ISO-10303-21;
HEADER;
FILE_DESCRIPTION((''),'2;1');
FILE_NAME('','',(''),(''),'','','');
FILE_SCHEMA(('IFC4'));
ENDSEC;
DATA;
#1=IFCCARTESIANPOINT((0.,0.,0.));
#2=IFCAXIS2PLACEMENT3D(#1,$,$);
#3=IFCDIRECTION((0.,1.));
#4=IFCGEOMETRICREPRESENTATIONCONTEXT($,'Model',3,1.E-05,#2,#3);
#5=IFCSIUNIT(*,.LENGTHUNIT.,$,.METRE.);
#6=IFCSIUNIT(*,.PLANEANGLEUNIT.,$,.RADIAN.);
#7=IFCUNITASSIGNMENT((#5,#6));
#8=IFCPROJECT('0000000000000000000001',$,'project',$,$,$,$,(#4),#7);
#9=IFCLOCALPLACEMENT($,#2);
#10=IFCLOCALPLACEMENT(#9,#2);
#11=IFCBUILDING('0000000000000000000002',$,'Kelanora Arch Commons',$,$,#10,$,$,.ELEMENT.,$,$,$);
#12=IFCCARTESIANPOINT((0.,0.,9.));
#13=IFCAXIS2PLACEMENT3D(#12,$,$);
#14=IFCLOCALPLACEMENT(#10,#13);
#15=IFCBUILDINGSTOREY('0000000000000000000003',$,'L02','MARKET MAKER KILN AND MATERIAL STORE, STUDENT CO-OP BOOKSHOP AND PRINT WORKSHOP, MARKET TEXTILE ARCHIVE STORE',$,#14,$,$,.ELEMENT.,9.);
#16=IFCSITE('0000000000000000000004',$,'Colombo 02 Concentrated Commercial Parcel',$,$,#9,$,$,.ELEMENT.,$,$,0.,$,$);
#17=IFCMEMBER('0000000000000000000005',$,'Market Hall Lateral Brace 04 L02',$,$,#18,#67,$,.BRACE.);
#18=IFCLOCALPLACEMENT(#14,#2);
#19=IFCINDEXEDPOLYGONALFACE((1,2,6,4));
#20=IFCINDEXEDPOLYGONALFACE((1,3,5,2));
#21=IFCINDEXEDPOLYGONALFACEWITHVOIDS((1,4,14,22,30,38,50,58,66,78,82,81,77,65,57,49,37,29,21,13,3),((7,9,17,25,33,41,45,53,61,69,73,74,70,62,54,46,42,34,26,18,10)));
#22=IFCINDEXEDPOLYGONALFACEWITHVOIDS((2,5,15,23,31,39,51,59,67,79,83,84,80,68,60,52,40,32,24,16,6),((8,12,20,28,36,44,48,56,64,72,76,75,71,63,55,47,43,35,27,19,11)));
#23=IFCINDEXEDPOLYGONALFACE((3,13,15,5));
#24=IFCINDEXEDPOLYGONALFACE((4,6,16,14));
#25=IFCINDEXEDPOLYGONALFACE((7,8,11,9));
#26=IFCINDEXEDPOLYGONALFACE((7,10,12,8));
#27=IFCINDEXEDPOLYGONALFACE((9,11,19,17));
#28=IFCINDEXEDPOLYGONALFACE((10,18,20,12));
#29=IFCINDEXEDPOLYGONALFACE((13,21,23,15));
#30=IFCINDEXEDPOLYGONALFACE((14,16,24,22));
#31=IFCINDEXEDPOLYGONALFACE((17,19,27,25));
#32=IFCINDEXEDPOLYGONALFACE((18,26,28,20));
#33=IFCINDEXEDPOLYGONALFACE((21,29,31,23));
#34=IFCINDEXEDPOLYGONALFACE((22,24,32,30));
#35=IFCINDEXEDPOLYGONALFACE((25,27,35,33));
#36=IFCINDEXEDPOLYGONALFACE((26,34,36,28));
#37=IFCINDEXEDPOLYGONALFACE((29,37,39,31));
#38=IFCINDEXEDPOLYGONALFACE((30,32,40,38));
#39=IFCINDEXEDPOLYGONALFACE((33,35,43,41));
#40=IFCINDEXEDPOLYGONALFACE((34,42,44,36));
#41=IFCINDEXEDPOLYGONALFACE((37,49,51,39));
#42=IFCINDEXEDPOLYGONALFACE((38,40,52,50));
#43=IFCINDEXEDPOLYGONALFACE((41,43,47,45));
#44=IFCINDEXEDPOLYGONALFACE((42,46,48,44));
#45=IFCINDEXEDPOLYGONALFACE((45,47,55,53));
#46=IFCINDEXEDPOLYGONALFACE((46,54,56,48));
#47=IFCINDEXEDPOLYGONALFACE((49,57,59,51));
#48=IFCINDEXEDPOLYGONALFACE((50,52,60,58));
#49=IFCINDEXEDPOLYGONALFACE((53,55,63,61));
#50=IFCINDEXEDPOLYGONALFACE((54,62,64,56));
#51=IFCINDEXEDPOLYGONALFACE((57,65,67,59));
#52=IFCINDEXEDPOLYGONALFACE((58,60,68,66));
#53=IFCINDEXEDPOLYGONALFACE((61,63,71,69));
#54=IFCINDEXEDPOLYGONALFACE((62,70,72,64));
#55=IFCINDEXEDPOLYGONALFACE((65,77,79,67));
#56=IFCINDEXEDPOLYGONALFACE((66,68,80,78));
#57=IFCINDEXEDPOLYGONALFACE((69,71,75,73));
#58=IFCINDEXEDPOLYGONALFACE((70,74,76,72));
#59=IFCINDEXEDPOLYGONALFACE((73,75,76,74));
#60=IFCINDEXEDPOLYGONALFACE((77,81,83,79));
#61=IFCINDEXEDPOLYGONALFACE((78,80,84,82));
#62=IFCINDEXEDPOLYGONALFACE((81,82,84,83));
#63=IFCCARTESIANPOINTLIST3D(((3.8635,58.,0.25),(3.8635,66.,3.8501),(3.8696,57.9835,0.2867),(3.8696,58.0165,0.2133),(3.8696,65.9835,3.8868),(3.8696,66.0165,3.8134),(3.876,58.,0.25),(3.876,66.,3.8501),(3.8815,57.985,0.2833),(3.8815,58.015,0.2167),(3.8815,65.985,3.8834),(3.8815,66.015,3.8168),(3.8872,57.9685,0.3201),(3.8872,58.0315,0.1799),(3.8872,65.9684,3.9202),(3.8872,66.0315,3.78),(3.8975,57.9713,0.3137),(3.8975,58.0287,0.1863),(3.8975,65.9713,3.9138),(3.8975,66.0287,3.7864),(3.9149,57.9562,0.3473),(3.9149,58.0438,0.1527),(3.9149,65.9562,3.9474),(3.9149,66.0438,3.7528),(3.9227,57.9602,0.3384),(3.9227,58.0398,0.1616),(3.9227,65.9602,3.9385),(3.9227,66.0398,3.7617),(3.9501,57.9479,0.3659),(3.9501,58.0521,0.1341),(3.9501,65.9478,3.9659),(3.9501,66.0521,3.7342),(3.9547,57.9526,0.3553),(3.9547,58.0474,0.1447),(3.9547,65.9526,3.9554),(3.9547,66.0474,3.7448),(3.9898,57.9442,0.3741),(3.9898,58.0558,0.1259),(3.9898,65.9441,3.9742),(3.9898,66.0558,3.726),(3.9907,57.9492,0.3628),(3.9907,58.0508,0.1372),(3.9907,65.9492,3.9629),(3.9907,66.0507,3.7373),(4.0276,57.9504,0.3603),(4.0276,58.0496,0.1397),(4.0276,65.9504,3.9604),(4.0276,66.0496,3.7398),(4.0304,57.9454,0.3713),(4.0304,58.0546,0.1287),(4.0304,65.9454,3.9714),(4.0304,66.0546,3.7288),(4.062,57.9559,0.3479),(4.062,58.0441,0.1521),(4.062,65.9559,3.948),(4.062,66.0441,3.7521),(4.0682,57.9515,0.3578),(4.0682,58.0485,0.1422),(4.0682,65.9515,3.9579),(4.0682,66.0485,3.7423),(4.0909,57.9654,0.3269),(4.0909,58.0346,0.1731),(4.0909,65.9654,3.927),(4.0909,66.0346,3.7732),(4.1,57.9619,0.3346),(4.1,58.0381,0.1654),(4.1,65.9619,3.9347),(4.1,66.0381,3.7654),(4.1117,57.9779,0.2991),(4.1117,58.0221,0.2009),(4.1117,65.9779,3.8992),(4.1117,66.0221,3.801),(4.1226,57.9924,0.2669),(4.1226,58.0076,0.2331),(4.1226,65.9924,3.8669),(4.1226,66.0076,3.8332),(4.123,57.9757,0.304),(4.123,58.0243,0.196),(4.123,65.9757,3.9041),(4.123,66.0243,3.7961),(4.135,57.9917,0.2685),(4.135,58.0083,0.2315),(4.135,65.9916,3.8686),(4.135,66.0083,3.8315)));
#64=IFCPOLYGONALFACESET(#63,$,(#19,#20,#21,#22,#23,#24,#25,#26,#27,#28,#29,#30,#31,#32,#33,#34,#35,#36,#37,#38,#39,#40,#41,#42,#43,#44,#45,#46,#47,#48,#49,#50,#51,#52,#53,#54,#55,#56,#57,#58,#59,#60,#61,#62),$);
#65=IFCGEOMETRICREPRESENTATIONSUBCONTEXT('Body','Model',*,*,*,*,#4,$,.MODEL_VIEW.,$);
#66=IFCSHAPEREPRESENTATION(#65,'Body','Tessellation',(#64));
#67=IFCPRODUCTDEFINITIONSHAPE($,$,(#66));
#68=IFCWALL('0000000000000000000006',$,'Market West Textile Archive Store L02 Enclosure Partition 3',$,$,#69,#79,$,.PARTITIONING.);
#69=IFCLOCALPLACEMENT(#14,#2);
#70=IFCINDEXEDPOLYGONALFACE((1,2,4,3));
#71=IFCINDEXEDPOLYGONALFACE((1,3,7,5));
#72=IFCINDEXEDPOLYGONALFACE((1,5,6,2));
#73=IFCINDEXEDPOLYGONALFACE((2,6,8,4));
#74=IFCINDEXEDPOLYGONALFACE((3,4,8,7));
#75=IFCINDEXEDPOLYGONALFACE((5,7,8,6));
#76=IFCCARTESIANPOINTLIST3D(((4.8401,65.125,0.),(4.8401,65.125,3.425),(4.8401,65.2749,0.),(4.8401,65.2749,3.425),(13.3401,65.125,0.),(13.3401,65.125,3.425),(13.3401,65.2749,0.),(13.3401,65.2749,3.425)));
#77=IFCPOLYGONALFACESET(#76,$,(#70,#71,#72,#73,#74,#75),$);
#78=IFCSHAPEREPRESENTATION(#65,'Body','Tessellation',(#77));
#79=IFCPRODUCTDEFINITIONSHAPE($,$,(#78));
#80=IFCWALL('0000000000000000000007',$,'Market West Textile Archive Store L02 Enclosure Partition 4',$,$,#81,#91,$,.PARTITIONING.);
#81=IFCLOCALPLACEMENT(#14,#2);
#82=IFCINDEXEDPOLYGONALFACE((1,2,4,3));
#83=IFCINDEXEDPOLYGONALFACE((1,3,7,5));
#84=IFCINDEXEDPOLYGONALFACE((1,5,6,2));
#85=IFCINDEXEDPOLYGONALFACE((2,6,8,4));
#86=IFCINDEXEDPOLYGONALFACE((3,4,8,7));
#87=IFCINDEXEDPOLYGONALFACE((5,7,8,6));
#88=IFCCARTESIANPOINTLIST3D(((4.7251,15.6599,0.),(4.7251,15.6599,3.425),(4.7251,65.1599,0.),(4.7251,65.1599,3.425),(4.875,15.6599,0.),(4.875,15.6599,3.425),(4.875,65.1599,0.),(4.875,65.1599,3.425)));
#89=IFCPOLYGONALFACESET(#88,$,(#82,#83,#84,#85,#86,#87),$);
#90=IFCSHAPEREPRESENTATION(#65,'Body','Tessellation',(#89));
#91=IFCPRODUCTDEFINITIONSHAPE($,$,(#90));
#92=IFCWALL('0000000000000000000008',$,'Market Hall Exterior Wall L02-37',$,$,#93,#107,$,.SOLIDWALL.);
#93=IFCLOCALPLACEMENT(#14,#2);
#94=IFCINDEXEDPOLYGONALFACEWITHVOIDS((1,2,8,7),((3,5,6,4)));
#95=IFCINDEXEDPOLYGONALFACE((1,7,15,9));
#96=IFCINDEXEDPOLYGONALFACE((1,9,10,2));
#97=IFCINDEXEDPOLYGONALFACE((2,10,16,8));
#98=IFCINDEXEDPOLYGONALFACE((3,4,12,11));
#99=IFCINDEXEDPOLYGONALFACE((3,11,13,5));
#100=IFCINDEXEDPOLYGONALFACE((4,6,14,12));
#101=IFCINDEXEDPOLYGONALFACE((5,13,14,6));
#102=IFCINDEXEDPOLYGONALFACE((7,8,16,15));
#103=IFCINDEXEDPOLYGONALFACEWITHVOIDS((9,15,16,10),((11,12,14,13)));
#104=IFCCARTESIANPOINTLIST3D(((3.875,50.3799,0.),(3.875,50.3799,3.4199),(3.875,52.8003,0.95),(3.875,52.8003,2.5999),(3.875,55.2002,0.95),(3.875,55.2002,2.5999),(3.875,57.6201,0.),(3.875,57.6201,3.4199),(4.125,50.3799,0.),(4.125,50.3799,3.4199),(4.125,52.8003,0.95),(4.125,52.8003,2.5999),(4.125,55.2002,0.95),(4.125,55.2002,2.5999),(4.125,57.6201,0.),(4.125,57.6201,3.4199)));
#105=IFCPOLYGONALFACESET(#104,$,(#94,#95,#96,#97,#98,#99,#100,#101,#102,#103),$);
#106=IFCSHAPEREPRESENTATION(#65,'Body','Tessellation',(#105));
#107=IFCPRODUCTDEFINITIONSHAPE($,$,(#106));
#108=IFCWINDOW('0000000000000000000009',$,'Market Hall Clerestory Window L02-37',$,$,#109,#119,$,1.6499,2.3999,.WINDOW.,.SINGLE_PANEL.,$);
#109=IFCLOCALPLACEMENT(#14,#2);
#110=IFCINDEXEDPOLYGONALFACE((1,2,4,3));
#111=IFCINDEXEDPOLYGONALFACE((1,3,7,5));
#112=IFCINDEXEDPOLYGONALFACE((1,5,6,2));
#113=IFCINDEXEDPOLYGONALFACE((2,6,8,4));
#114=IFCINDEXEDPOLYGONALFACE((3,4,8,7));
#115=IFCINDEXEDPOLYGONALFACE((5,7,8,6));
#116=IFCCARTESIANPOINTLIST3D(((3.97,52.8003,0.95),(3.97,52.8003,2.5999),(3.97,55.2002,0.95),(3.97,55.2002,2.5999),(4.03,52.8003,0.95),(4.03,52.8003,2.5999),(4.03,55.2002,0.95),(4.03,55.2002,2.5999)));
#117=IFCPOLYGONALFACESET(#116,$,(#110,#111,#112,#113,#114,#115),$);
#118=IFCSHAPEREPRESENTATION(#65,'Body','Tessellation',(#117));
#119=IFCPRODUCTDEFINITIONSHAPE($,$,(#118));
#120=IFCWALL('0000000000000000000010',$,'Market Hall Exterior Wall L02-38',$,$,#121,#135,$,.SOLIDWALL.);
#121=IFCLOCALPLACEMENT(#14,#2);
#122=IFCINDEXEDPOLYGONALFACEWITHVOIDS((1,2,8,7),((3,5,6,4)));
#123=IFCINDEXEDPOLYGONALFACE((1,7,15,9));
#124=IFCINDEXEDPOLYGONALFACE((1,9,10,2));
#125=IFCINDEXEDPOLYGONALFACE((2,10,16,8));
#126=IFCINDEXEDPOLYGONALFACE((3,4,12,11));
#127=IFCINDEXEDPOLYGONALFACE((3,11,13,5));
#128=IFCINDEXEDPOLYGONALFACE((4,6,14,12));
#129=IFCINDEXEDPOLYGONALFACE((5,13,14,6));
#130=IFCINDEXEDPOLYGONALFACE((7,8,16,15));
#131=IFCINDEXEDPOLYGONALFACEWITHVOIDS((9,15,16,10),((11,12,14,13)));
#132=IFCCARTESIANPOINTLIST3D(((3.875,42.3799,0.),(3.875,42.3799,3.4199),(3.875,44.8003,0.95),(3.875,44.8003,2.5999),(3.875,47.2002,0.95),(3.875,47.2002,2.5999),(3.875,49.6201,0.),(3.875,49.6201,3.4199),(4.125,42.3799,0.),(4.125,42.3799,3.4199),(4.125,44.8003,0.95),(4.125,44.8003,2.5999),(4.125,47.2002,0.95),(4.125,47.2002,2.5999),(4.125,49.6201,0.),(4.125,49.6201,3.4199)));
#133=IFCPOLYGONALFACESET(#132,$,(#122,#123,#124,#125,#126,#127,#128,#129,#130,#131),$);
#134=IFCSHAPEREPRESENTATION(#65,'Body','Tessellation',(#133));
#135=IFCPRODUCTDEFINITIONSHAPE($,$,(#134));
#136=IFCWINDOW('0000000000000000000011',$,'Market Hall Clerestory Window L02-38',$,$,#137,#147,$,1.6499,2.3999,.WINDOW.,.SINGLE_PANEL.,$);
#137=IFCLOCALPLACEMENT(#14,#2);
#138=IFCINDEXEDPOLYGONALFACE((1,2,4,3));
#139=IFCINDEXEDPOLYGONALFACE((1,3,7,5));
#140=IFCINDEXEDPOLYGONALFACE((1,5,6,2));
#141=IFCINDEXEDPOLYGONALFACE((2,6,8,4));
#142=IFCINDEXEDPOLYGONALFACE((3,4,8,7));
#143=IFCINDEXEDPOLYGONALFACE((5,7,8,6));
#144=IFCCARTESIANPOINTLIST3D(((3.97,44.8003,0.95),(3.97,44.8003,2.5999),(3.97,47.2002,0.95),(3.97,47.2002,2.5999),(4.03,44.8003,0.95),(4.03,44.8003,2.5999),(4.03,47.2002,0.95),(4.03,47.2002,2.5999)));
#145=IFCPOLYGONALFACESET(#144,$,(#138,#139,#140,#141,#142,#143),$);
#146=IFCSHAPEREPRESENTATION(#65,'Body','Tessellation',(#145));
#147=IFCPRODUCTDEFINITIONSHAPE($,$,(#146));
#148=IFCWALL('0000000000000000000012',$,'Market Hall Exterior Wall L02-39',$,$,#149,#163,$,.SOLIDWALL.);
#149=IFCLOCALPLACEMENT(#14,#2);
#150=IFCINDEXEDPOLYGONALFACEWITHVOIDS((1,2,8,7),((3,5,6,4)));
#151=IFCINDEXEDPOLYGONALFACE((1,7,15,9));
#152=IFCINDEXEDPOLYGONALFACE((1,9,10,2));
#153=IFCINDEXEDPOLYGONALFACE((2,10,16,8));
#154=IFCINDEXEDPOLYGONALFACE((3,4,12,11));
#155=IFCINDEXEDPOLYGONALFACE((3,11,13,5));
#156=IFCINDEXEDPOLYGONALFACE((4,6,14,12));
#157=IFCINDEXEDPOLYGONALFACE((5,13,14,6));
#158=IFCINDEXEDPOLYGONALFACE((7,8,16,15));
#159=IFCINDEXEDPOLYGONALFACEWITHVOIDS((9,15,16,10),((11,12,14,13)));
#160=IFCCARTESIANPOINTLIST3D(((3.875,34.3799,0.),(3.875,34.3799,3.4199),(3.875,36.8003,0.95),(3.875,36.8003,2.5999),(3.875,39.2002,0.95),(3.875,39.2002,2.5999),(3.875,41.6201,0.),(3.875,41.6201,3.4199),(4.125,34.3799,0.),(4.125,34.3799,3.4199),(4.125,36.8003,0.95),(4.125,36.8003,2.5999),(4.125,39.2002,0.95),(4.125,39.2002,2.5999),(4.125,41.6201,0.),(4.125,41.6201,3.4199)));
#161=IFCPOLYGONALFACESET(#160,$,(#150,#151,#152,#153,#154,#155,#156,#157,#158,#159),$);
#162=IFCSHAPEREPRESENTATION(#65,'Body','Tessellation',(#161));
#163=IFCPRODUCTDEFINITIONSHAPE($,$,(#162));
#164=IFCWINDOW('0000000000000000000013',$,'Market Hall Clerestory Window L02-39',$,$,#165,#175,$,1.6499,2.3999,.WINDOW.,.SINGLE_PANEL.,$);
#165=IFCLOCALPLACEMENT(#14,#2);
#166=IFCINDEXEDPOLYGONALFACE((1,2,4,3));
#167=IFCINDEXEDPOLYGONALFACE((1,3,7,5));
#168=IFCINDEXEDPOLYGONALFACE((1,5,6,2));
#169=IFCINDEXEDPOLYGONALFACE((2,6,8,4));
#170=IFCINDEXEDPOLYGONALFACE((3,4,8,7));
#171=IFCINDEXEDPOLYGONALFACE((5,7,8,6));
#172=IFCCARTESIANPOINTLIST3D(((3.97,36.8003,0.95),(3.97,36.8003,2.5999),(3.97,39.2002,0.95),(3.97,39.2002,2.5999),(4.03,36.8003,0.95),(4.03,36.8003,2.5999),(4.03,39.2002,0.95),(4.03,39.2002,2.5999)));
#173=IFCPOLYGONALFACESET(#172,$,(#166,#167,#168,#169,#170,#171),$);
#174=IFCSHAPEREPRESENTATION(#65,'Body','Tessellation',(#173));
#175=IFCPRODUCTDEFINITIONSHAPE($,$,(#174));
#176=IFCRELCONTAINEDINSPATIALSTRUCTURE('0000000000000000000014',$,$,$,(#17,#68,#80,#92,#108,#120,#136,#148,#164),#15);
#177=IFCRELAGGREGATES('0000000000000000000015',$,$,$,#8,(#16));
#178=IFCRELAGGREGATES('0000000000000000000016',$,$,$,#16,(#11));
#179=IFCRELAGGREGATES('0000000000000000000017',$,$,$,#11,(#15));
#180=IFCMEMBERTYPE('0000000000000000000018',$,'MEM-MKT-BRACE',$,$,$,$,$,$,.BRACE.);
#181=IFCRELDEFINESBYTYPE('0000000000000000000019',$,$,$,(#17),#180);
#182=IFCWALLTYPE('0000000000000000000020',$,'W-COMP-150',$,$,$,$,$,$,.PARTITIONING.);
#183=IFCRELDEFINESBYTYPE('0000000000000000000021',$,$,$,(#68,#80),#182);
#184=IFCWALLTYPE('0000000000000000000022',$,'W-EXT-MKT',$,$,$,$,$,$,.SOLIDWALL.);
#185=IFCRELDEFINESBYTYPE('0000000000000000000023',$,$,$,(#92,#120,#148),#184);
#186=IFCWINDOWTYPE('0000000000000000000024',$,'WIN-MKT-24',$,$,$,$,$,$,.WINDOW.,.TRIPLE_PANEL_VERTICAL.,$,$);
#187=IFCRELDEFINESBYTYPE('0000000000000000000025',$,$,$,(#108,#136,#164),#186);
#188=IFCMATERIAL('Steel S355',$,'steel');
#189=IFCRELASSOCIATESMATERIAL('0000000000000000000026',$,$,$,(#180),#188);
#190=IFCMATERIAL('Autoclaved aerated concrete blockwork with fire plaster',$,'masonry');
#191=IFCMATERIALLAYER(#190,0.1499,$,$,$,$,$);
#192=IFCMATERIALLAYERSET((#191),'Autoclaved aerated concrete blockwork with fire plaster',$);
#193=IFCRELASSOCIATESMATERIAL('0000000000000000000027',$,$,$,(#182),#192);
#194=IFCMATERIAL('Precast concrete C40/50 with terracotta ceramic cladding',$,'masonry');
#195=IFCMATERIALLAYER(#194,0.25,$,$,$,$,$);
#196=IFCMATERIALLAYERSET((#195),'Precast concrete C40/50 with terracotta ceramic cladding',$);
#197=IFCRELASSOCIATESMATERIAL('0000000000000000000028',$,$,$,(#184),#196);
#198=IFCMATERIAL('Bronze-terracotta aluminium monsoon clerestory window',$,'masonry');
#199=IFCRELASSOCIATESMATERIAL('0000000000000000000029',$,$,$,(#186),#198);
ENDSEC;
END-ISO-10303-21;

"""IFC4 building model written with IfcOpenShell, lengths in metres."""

from ifc_helpers import new_model, si_unit, direction, frame, frame_2d, origin, origin_2d, place, context, subcontext, project, spatial, rectangle, hollow_circle, extrude, material, layer, layer_set, material_profile, profile_set, type_object, element, fill, save


model = new_model("IFC4")

# Units and contexts
model_context = context("Model", 3, precision=1e-05, world=origin(), true_north=direction((0.0, 1.0)))
body_context = subcontext(model_context, "Body", "Model", "MODEL_VIEW")
ifc_project = project(units=[si_unit("LENGTHUNIT", "METRE"), si_unit("PLANEANGLEUNIT", "RADIAN")], contexts=[model_context])

# Site, building, storey
site_placement = place(None, origin())
site = spatial("IfcSite", under=ifc_project, at=site_placement, Name="Colombo 02 Concentrated Commercial Parcel", CompositionType="ELEMENT", RefElevation=0.0)
building_placement = place(site_placement, origin())
building = spatial("IfcBuilding", under=site, at=building_placement, Name="Kelanora Arch Commons", CompositionType="ELEMENT")
storey_placement = place(building_placement, frame((0.0, 0.0, 9.0)))
storey = spatial("IfcBuildingStorey", under=building, at=storey_placement, Name="L02", Description="MARKET MAKER KILN AND MATERIAL STORE, STUDENT CO-OP BOOKSHOP AND PRINT WORKSHOP, MARKET TEXTILE ARCHIVE STORE", CompositionType="ELEMENT", Elevation=9.0)

# Member
ifc_material_1 = material(Name="Steel S355", Category="steel")
ifc_material_profile_1 = material_profile(ifc_material_1, hollow_circle(Radius=0.1365, WallThickness=0.0125, at=origin_2d()), Name="CHS273x12.5")
ifc_profile_set_1 = profile_set([ifc_material_profile_1], Name="Steel S355")
member_type = type_object("IfcMemberType", Name="MEM-MKT-BRACE", PredefinedType="BRACE", material=ifc_profile_set_1)
member_placement = place(storey_placement, frame((4.0, 58.0, 0.25), z_axis=(0.0, 0.911917, 0.410374), x_axis=(-1.0, 0.0, 0.0)))
element("IfcMember", 1, at=member_placement, inside=storey, type_object=member_type, Name="Market Hall Lateral Brace 04 L02", PredefinedType="BRACE", context=body_context, shape_type="SweptSolid", body=[
    extrude(hollow_circle(Radius=0.1365, WallThickness=0.0125, at=origin_2d()), origin(), (0.0, 0.0, 1.0), 8.7727),
])

# Walls
ifc_material_2 = material(Name="Autoclaved aerated concrete blockwork with fire plaster", Category="masonry")
ifc_layer_1 = layer(ifc_material_2, 0.1499)
ifc_layer_set_1 = layer_set([ifc_layer_1], Name="Autoclaved aerated concrete blockwork with fire plaster")
wall_type_1 = type_object("IfcWallType", Name="W-COMP-150", PredefinedType="PARTITIONING", material=ifc_layer_set_1)
wall_1_placement = place(storey_placement, frame((13.3401, 65.2, 0.0), z_axis=(0.0, 0.0, 1.0), x_axis=(-1.0, 0.0, 0.0)))
element("IfcWall", 2, at=wall_1_placement, inside=storey, type_object=wall_type_1, Name="Market West Textile Archive Store L02 Enclosure Partition 3", PredefinedType="PARTITIONING", context=body_context, shape_type="SweptSolid", body=[
    extrude(rectangle(XDim=8.5, YDim=0.1499, at=frame_2d((4.25, 0.0))), origin(), (0.0, 0.0, 1.0), 3.425),
])
wall_2_placement = place(storey_placement, frame((4.8, 65.1599, 0.0), z_axis=(0.0, 0.0, 1.0), x_axis=(0.0, -1.0, 0.0)))
element("IfcWall", 3, at=wall_2_placement, inside=storey, type_object=wall_type_1, Name="Market West Textile Archive Store L02 Enclosure Partition 4", PredefinedType="PARTITIONING", context=body_context, shape_type="SweptSolid", body=[
    extrude(rectangle(XDim=49.5, YDim=0.1499, at=frame_2d((24.75, 0.0))), origin(), (0.0, 0.0, 1.0), 3.425),
])

# Walls, openings, windows
ifc_material_3 = material(Name="Precast concrete C40/50 with terracotta ceramic cladding", Category="masonry")
ifc_layer_2 = layer(ifc_material_3, 0.25)
ifc_layer_set_2 = layer_set([ifc_layer_2], Name="Precast concrete C40/50 with terracotta ceramic cladding")
wall_type_2 = type_object("IfcWallType", Name="W-EXT-MKT", PredefinedType="SOLIDWALL", material=ifc_layer_set_2)
wall_3_placement = place(storey_placement, frame((4.0, 57.6201, 0.0), z_axis=(0.0, 0.0, 1.0), x_axis=(0.0, -1.0, 0.0)))
wall_3 = element("IfcWall", 4, at=wall_3_placement, inside=storey, type_object=wall_type_2, Name="Market Hall Exterior Wall L02-37", PredefinedType="SOLIDWALL", context=body_context, shape_type="SweptSolid", body=[
    extrude(rectangle(XDim=7.2402, YDim=0.25, at=frame_2d((3.6201, 0.0))), origin(), (0.0, 0.0, 1.0), 3.4199),
])
opening_1_placement = place(wall_3_placement, frame((2.4199, 0.0, 0.95)))
opening_1 = element("IfcOpeningElement", 5, at=opening_1_placement, cuts=wall_3, PredefinedType="OPENING", context=body_context, shape_type="SweptSolid", body=[
    extrude(rectangle(XDim=2.3999, YDim=1.6499, at=frame_2d((1.2, 0.825))), frame((0.0, 0.135, 0.0), z_axis=(0.0, -1.0, 0.0), x_axis=(1.0, 0.0, 0.0)), (0.0, 0.0, 1.0), 0.27),
])
ifc_material_4 = material(Name="Bronze-terracotta aluminium monsoon clerestory window", Category="masonry")
window_type = type_object("IfcWindowType", Name="WIN-MKT-24", PartitioningType="TRIPLE_PANEL_VERTICAL", PredefinedType="WINDOW", material=ifc_material_4)
window_1_placement = place(opening_1_placement, origin())
window_1 = element("IfcWindow", 6, at=window_1_placement, inside=storey, type_object=window_type, Name="Market Hall Clerestory Window L02-37", OverallHeight=1.6499, OverallWidth=2.3999, PartitioningType="SINGLE_PANEL", PredefinedType="WINDOW", context=body_context, shape_type="SweptSolid", body=[
    extrude(rectangle(XDim=2.3999, YDim=1.6499, at=frame_2d((1.2, 0.825))), frame((0.0, 0.03, 0.0), z_axis=(0.0, -1.0, 0.0), x_axis=(1.0, 0.0, 0.0)), (0.0, 0.0, 1.0), 0.0601),
])
fill(opening_1, window_1)
wall_4_placement = place(storey_placement, frame((4.0, 49.6201, 0.0), z_axis=(0.0, 0.0, 1.0), x_axis=(0.0, -1.0, 0.0)))
wall_4 = element("IfcWall", 7, at=wall_4_placement, inside=storey, type_object=wall_type_2, Name="Market Hall Exterior Wall L02-38", PredefinedType="SOLIDWALL", context=body_context, shape_type="SweptSolid", body=[
    extrude(rectangle(XDim=7.2402, YDim=0.25, at=frame_2d((3.6201, 0.0))), origin(), (0.0, 0.0, 1.0), 3.4199),
])
opening_2_placement = place(wall_4_placement, frame((2.4199, 0.0, 0.95)))
opening_2 = element("IfcOpeningElement", 8, at=opening_2_placement, cuts=wall_4, PredefinedType="OPENING", context=body_context, shape_type="SweptSolid", body=[
    extrude(rectangle(XDim=2.3999, YDim=1.6499, at=frame_2d((1.2, 0.825))), frame((0.0, 0.135, 0.0), z_axis=(0.0, -1.0, 0.0), x_axis=(1.0, 0.0, 0.0)), (0.0, 0.0, 1.0), 0.27),
])
window_2_placement = place(opening_2_placement, origin())
window_2 = element("IfcWindow", 9, at=window_2_placement, inside=storey, type_object=window_type, Name="Market Hall Clerestory Window L02-38", OverallHeight=1.6499, OverallWidth=2.3999, PartitioningType="SINGLE_PANEL", PredefinedType="WINDOW", context=body_context, shape_type="SweptSolid", body=[
    extrude(rectangle(XDim=2.3999, YDim=1.6499, at=frame_2d((1.2, 0.825))), frame((0.0, 0.03, 0.0), z_axis=(0.0, -1.0, 0.0), x_axis=(1.0, 0.0, 0.0)), (0.0, 0.0, 1.0), 0.0601),
])
fill(opening_2, window_2)
wall_5_placement = place(storey_placement, frame((4.0, 41.6201, 0.0), z_axis=(0.0, 0.0, 1.0), x_axis=(0.0, -1.0, 0.0)))
wall_5 = element("IfcWall", 10, at=wall_5_placement, inside=storey, type_object=wall_type_2, Name="Market Hall Exterior Wall L02-39", PredefinedType="SOLIDWALL", context=body_context, shape_type="SweptSolid", body=[
    extrude(rectangle(XDim=7.2402, YDim=0.25, at=frame_2d((3.6201, 0.0))), origin(), (0.0, 0.0, 1.0), 3.4199),
])
opening_3_placement = place(wall_5_placement, frame((2.4199, 0.0, 0.95)))
opening_3 = element("IfcOpeningElement", 11, at=opening_3_placement, cuts=wall_5, PredefinedType="OPENING", context=body_context, shape_type="SweptSolid", body=[
    extrude(rectangle(XDim=2.3999, YDim=1.6499, at=frame_2d((1.2, 0.825))), frame((0.0, 0.135, 0.0), z_axis=(0.0, -1.0, 0.0), x_axis=(1.0, 0.0, 0.0)), (0.0, 0.0, 1.0), 0.27),
])
window_3_placement = place(opening_3_placement, origin())
window_3 = element("IfcWindow", 12, at=window_3_placement, inside=storey, type_object=window_type, Name="Market Hall Clerestory Window L02-39", OverallHeight=1.6499, OverallWidth=2.3999, PartitioningType="SINGLE_PANEL", PredefinedType="WINDOW", context=body_context, shape_type="SweptSolid", body=[
    extrude(rectangle(XDim=2.3999, YDim=1.6499, at=frame_2d((1.2, 0.825))), frame((0.0, 0.03, 0.0), z_axis=(0.0, -1.0, 0.0), x_axis=(1.0, 0.0, 0.0)), (0.0, 0.0, 1.0), 0.0601),
])
fill(opening_3, window_3)

save(model, "model.ifc")
